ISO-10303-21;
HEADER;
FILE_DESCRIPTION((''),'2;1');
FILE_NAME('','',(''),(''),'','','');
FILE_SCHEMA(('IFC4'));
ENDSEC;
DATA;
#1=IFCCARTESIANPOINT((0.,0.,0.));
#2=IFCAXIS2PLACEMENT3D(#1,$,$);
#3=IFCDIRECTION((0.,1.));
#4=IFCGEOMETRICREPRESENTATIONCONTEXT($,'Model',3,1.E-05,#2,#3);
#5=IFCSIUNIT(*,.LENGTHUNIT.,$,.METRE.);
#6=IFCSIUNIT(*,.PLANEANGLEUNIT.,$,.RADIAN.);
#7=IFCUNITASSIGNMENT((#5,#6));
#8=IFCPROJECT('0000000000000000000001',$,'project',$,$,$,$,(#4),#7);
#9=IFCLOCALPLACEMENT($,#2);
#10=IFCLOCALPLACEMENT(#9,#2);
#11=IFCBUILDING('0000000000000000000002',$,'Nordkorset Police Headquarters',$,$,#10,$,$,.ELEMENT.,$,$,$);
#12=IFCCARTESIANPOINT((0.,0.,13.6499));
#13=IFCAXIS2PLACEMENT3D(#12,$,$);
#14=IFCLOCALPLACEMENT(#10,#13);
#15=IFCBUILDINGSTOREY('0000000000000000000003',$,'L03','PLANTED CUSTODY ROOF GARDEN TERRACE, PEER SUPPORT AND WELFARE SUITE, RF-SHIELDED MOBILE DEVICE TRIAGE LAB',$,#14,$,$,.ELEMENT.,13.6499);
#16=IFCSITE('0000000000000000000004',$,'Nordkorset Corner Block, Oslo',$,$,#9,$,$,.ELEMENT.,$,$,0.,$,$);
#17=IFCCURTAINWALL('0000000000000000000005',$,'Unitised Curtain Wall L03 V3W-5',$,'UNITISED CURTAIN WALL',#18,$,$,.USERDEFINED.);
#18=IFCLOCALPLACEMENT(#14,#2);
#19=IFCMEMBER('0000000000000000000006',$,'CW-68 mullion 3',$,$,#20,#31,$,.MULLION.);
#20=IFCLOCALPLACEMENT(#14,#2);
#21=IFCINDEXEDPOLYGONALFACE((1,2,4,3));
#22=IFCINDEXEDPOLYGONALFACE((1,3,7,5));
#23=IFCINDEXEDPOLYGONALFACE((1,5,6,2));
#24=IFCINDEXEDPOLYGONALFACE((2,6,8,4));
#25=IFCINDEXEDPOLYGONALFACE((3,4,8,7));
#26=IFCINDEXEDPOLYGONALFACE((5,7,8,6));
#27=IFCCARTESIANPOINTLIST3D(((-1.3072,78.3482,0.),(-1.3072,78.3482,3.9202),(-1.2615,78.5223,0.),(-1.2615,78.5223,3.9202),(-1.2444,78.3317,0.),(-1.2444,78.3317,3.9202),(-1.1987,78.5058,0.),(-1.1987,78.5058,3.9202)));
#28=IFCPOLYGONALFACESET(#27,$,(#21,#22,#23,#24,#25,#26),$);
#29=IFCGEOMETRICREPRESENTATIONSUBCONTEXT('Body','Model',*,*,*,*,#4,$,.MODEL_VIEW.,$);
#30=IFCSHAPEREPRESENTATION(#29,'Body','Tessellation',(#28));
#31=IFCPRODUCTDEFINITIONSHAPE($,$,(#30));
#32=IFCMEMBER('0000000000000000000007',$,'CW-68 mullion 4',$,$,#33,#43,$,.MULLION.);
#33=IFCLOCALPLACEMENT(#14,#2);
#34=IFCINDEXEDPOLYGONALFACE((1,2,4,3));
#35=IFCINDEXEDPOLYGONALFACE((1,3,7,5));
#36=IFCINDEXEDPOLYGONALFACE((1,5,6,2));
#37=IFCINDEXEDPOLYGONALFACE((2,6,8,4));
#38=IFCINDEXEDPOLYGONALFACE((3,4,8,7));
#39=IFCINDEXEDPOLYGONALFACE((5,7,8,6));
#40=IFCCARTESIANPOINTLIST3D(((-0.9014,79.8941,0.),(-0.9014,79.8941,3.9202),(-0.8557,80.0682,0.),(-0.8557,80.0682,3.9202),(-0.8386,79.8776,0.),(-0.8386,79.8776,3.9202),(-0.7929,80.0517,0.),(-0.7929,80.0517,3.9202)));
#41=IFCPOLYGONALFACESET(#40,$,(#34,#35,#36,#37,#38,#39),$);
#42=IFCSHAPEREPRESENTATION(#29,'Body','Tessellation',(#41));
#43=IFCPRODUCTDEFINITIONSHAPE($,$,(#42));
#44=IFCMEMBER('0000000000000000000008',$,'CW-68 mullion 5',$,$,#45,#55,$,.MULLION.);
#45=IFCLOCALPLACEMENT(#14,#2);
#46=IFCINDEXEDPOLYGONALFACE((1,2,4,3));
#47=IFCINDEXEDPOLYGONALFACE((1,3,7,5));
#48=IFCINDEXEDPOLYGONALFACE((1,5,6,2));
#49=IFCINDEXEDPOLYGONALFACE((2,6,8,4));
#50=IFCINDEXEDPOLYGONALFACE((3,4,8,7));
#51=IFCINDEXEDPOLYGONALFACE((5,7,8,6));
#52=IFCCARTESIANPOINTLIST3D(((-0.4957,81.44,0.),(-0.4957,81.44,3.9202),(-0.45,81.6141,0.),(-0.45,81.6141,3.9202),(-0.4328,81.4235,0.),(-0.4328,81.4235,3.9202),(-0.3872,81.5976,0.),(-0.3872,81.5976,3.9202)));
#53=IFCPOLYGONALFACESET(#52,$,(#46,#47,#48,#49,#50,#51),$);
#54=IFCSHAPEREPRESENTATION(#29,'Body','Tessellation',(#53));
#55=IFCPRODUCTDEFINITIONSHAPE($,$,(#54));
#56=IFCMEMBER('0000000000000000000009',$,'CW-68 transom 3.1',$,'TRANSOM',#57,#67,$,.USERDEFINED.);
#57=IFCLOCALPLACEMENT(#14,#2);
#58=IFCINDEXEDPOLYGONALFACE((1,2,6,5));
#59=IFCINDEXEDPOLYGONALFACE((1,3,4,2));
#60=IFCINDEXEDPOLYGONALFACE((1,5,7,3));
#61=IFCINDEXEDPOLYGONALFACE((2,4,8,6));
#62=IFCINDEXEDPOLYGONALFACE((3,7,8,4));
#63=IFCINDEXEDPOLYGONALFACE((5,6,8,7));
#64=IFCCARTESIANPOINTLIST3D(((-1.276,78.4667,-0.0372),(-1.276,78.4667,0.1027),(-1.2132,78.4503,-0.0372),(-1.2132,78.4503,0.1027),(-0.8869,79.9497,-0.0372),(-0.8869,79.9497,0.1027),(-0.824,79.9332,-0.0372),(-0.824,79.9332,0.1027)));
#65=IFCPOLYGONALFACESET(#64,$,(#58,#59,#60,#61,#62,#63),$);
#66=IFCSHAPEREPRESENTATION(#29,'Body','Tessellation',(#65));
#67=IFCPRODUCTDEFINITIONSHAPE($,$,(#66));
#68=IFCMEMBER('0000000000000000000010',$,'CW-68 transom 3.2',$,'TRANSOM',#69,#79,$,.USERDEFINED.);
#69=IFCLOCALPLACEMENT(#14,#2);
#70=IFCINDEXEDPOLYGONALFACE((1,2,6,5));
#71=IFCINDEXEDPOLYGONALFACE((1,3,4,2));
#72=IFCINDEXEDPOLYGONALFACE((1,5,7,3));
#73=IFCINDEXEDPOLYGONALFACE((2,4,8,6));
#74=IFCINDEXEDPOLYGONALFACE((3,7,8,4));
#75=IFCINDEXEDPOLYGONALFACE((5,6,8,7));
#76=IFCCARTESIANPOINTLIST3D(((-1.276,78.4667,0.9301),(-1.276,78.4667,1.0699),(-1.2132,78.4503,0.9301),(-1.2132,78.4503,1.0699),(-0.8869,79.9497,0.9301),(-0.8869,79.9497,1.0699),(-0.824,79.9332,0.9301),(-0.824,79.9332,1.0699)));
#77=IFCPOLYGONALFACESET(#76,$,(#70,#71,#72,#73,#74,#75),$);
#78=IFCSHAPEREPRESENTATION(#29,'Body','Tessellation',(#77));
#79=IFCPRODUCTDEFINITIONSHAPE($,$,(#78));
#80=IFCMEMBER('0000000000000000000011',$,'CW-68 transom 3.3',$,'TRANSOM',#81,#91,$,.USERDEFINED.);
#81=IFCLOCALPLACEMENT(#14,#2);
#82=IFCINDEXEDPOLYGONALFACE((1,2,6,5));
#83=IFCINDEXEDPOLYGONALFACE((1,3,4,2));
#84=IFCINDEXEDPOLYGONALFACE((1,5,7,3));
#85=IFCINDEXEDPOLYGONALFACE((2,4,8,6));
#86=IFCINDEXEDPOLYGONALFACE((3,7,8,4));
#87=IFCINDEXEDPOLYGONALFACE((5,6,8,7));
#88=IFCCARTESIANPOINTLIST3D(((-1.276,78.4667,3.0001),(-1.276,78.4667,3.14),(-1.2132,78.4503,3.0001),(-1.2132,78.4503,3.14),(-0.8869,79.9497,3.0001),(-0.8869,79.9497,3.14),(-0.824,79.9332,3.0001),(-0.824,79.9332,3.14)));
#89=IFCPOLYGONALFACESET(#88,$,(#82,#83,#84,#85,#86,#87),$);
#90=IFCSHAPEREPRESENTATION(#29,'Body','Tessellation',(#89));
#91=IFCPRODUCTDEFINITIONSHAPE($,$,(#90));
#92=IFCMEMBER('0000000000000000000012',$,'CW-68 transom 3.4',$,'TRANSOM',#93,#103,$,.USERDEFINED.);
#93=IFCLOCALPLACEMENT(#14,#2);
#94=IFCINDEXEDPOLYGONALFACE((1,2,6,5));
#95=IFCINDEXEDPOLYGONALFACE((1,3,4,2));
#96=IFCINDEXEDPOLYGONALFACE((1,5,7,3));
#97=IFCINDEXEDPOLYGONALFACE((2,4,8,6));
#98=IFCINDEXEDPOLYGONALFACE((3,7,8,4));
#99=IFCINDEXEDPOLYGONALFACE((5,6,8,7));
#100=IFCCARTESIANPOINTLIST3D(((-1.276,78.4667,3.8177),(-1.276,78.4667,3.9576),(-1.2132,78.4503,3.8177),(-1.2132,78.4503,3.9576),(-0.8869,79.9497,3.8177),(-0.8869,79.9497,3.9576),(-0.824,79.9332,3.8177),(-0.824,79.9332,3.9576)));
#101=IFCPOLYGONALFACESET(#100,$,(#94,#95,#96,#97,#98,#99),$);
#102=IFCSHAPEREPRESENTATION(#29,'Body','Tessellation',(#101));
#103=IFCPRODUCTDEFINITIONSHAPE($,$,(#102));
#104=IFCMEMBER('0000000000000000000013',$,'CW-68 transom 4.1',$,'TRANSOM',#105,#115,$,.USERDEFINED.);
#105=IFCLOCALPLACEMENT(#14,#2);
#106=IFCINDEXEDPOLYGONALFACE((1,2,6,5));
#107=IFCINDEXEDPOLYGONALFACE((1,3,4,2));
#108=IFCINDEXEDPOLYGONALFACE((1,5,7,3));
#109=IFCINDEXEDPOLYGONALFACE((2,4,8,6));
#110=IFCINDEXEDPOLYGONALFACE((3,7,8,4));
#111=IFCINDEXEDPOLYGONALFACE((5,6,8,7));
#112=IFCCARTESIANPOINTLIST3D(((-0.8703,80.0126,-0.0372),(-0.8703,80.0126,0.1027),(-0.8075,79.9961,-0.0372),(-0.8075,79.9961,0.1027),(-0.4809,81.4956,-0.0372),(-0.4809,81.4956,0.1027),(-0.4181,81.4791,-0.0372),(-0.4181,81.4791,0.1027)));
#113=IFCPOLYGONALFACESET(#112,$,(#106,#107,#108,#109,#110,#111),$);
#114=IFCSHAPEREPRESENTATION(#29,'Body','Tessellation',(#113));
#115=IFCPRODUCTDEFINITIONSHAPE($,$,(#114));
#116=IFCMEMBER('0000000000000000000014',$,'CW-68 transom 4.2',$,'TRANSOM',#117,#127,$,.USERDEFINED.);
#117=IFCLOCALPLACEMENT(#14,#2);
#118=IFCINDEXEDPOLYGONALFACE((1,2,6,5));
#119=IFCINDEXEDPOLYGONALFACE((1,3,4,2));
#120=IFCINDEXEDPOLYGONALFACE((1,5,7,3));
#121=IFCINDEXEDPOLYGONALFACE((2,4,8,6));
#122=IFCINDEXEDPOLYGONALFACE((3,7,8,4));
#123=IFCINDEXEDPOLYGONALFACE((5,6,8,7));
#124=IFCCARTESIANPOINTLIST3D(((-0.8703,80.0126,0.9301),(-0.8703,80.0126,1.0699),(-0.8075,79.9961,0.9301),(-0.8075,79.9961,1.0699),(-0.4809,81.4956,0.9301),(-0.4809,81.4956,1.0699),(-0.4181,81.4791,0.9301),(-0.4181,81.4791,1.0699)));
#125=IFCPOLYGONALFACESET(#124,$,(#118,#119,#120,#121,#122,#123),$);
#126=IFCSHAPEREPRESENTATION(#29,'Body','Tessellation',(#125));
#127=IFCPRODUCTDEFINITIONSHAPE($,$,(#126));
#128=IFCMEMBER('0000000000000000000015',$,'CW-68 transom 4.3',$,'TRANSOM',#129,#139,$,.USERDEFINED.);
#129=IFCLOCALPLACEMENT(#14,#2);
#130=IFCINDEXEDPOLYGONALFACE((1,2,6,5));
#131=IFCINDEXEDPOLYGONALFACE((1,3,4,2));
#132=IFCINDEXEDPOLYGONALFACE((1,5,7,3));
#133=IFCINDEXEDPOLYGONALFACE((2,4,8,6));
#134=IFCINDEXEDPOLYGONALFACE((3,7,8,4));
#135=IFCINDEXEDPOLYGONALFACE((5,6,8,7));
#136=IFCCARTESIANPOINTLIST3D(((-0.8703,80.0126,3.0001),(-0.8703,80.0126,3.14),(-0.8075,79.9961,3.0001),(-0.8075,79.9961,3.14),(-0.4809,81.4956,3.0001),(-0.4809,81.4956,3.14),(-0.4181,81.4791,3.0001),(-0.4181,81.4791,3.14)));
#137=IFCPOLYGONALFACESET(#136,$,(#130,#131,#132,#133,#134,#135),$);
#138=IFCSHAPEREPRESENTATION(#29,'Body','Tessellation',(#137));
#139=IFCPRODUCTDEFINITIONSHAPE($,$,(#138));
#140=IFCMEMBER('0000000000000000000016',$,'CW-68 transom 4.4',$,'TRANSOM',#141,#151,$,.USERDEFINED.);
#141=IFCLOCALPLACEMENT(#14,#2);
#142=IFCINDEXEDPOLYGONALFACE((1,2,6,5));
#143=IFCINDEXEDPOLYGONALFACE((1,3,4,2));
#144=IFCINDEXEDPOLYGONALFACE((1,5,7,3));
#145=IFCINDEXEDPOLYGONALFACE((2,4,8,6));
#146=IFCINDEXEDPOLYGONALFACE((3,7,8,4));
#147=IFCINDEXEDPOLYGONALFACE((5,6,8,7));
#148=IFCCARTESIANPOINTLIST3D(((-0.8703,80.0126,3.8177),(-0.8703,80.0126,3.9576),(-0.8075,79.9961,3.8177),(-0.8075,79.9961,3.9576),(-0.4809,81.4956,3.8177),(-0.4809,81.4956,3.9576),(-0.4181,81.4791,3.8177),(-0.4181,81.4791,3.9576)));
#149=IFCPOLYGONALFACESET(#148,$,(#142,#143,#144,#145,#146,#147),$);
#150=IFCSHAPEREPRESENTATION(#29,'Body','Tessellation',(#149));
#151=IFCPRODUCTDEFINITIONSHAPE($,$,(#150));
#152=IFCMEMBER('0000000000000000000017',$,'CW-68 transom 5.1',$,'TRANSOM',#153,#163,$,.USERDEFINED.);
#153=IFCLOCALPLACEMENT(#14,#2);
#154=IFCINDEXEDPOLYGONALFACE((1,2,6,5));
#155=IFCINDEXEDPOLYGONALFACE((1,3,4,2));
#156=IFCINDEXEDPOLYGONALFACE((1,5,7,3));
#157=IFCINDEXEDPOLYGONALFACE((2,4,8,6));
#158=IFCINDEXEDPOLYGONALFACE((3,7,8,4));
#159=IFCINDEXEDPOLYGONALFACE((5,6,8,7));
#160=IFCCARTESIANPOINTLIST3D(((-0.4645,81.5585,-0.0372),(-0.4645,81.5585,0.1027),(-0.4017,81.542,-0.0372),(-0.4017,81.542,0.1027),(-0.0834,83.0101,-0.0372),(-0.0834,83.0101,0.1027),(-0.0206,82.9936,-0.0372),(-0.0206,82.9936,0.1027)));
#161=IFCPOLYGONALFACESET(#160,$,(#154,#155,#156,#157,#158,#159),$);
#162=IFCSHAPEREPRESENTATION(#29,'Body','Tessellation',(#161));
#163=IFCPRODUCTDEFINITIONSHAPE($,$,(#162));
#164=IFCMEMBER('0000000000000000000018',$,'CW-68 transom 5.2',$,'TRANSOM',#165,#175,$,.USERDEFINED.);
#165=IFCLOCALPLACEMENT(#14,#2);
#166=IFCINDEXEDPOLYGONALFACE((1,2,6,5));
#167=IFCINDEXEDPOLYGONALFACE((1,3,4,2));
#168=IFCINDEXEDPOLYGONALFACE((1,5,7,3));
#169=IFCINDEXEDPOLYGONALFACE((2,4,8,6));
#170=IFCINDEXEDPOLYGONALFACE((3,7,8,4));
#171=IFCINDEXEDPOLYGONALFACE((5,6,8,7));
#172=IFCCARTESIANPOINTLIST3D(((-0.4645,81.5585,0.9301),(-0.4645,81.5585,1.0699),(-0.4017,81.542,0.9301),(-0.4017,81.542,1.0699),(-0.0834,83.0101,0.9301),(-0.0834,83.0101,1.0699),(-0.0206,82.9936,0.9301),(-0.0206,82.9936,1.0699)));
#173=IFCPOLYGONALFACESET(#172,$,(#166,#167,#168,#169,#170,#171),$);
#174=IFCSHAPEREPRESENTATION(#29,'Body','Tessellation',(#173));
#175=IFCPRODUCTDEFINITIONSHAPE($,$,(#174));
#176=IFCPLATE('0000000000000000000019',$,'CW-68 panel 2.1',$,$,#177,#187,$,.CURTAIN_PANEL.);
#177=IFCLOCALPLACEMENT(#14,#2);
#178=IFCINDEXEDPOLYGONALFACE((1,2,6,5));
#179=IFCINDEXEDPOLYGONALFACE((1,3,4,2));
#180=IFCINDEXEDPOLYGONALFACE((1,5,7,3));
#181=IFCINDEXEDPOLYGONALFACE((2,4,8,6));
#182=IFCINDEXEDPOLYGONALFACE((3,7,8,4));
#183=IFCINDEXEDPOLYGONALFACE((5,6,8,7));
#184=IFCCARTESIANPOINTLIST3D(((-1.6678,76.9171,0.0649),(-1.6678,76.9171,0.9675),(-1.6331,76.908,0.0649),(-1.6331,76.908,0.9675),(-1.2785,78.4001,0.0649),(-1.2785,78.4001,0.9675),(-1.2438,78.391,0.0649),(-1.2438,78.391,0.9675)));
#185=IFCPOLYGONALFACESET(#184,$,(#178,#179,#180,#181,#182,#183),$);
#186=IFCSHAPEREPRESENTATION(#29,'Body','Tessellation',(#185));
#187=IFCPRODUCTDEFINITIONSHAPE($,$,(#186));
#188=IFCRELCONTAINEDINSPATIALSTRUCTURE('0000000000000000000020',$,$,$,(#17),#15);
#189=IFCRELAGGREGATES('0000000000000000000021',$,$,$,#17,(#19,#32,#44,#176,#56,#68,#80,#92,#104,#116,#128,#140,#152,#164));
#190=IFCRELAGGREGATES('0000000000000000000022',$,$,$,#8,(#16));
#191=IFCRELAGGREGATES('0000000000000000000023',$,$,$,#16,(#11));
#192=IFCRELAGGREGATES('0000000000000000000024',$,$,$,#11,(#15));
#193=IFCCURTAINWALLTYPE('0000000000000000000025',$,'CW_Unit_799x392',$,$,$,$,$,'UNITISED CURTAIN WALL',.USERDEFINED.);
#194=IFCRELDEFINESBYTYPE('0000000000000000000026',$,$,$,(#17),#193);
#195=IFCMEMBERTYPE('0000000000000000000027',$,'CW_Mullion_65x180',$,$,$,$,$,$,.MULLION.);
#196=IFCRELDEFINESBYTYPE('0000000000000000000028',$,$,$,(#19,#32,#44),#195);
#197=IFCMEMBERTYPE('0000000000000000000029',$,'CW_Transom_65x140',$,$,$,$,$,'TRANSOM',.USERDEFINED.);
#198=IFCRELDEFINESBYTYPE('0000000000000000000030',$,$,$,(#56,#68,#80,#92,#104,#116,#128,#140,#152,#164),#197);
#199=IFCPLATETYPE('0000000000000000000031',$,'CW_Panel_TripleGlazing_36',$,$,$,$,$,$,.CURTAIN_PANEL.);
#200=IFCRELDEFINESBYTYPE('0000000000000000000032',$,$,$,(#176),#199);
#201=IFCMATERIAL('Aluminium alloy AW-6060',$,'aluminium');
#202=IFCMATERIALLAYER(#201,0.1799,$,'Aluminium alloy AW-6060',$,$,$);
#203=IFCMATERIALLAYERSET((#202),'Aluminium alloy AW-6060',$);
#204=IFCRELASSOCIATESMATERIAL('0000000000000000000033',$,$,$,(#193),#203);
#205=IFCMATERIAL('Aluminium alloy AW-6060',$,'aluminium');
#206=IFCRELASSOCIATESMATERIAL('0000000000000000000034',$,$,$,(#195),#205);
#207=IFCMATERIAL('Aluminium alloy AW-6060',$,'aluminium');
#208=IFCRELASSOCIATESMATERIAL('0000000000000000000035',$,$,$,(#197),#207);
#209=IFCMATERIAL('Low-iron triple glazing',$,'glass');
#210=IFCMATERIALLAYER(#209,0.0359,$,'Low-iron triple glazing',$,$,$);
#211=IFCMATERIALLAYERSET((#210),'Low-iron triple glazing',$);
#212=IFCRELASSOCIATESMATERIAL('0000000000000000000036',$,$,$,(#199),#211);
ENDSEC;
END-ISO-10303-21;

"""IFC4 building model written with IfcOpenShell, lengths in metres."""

from ifc_helpers import new_model, si_unit, direction, frame, origin, origin_2d, place, context, subcontext, project, spatial, rectangle, extrude, material, layer, layer_set, material_profile, profile_set, type_object, element, aggregate, save


model = new_model("IFC4")

# Units and contexts
model_context = context("Model", 3, precision=1e-05, world=origin(), true_north=direction((0.0, 1.0)))
body_context = subcontext(model_context, "Body", "Model", "MODEL_VIEW")
ifc_project = project(units=[si_unit("LENGTHUNIT", "METRE"), si_unit("PLANEANGLEUNIT", "RADIAN")], contexts=[model_context])

# Site, building, storey
site_placement = place(None, origin())
site = spatial("IfcSite", under=ifc_project, at=site_placement, Name="Nordkorset Corner Block, Oslo", CompositionType="ELEMENT", RefElevation=0.0)
building_placement = place(site_placement, origin())
building = spatial("IfcBuilding", under=site, at=building_placement, Name="Nordkorset Police Headquarters", CompositionType="ELEMENT")
storey_placement = place(building_placement, frame((0.0, 0.0, 13.6499)))
storey = spatial("IfcBuildingStorey", under=building, at=storey_placement, Name="L03", Description="PLANTED CUSTODY ROOF GARDEN TERRACE, PEER SUPPORT AND WELFARE SUITE, RF-SHIELDED MOBILE DEVICE TRIAGE LAB", CompositionType="ELEMENT", Elevation=13.6499)

# Curtain wall, members, plate
ifc_material_1 = material(Name="Aluminium alloy AW-6060", Category="aluminium")
ifc_layer_1 = layer(ifc_material_1, 0.1799, Name="Aluminium alloy AW-6060")
ifc_layer_set_1 = layer_set([ifc_layer_1], Name="Aluminium alloy AW-6060")
curtain_wall_type = type_object("IfcCurtainWallType", Name="CW_Unit_799x392", ElementType="UNITISED CURTAIN WALL", PredefinedType="USERDEFINED", material=ifc_layer_set_1)
curtain_wall_placement = place(storey_placement, origin())
curtain_wall = element("IfcCurtainWall", 1, at=curtain_wall_placement, inside=storey, type_object=curtain_wall_type, Name="Unitised Curtain Wall L03 V3W-5", ObjectType="UNITISED CURTAIN WALL", PredefinedType="USERDEFINED")
ifc_material_2 = material(Name="Aluminium alloy AW-6060", Category="aluminium")
ifc_material_profile_1 = material_profile(ifc_material_2, rectangle(XDim=0.0649, YDim=0.1799, at=origin_2d()), Name="ALU MULL 65x180")
ifc_profile_set_1 = profile_set([ifc_material_profile_1], Name="Aluminium alloy AW-6060")
member_type_1 = type_object("IfcMemberType", Name="CW_Mullion_65x180", PredefinedType="MULLION", material=ifc_profile_set_1)
member_1_placement = place(storey_placement, frame((-1.2529, 78.427, 0.0), z_axis=(0.0, 0.0, 1.0), x_axis=(-0.967231, 0.253897, 0.0)))
member_1 = element("IfcMember", 2, at=member_1_placement, type_object=member_type_1, Name="CW-68 mullion 3", PredefinedType="MULLION", context=body_context, shape_type="SweptSolid", body=[
    extrude(rectangle(XDim=0.0649, YDim=0.1799, at=origin_2d()), origin(), (0.0, 0.0, 1.0), 3.9202),
])
member_2_placement = place(storey_placement, frame((-0.8472, 79.9729, 0.0), z_axis=(0.0, 0.0, 1.0), x_axis=(-0.967231, 0.253897, 0.0)))
member_2 = element("IfcMember", 3, at=member_2_placement, type_object=member_type_1, Name="CW-68 mullion 4", PredefinedType="MULLION", context=body_context, shape_type="SweptSolid", body=[
    extrude(rectangle(XDim=0.0649, YDim=0.1799, at=origin_2d()), origin(), (0.0, 0.0, 1.0), 3.9202),
])
member_3_placement = place(storey_placement, frame((-0.4414, 81.5188, 0.0), z_axis=(0.0, 0.0, 1.0), x_axis=(-0.967231, 0.253897, 0.0)))
member_3 = element("IfcMember", 4, at=member_3_placement, type_object=member_type_1, Name="CW-68 mullion 5", PredefinedType="MULLION", context=body_context, shape_type="SweptSolid", body=[
    extrude(rectangle(XDim=0.0649, YDim=0.1799, at=origin_2d()), origin(), (0.0, 0.0, 1.0), 3.9202),
])
ifc_material_3 = material(Name="Aluminium alloy AW-6060", Category="aluminium")
ifc_material_profile_2 = material_profile(ifc_material_3, rectangle(XDim=0.0649, YDim=0.1399, at=origin_2d()), Name="ALU TRAN 65x140")
ifc_profile_set_2 = profile_set([ifc_material_profile_2], Name="Aluminium alloy AW-6060")
member_type_2 = type_object("IfcMemberType", Name="CW_Transom_65x140", ElementType="TRANSOM", PredefinedType="USERDEFINED", material=ifc_profile_set_2)
member_4_placement = place(storey_placement, frame((-1.2446, 78.4585, 0.0327), z_axis=(0.253835, 0.967248, 0.0), x_axis=(-0.967248, 0.253835, 0.0)))
member_4 = element("IfcMember", 5, at=member_4_placement, type_object=member_type_2, Name="CW-68 transom 3.1", ObjectType="TRANSOM", PredefinedType="USERDEFINED", context=body_context, shape_type="SweptSolid", body=[
    extrude(rectangle(XDim=0.0649, YDim=0.1399, at=origin_2d()), origin(), (0.0, 0.0, 1.0), 1.5332),
])
member_5_placement = place(storey_placement, frame((-1.2446, 78.4585, 1.0), z_axis=(0.253835, 0.967248, 0.0), x_axis=(-0.967248, 0.253835, 0.0)))
member_5 = element("IfcMember", 6, at=member_5_placement, type_object=member_type_2, Name="CW-68 transom 3.2", ObjectType="TRANSOM", PredefinedType="USERDEFINED", context=body_context, shape_type="SweptSolid", body=[
    extrude(rectangle(XDim=0.0649, YDim=0.1399, at=origin_2d()), origin(), (0.0, 0.0, 1.0), 1.5332),
])
member_6_placement = place(storey_placement, frame((-1.2446, 78.4585, 3.0701), z_axis=(0.253835, 0.967248, 0.0), x_axis=(-0.967248, 0.253835, 0.0)))
member_6 = element("IfcMember", 7, at=member_6_placement, type_object=member_type_2, Name="CW-68 transom 3.3", ObjectType="TRANSOM", PredefinedType="USERDEFINED", context=body_context, shape_type="SweptSolid", body=[
    extrude(rectangle(XDim=0.0649, YDim=0.1399, at=origin_2d()), origin(), (0.0, 0.0, 1.0), 1.5332),
])
member_7_placement = place(storey_placement, frame((-1.2446, 78.4585, 3.8877), z_axis=(0.253835, 0.967248, 0.0), x_axis=(-0.967248, 0.253835, 0.0)))
member_7 = element("IfcMember", 8, at=member_7_placement, type_object=member_type_2, Name="CW-68 transom 3.4", ObjectType="TRANSOM", PredefinedType="USERDEFINED", context=body_context, shape_type="SweptSolid", body=[
    extrude(rectangle(XDim=0.0649, YDim=0.1399, at=origin_2d()), origin(), (0.0, 0.0, 1.0), 1.5332),
])
member_8_placement = place(storey_placement, frame((-0.8389, 80.0044, 0.0327), z_axis=(0.253984, 0.967208, 0.0), x_axis=(-0.967208, 0.253984, 0.0)))
member_8 = element("IfcMember", 9, at=member_8_placement, type_object=member_type_2, Name="CW-68 transom 4.1", ObjectType="TRANSOM", PredefinedType="USERDEFINED", context=body_context, shape_type="SweptSolid", body=[
    extrude(rectangle(XDim=0.0649, YDim=0.1399, at=origin_2d()), origin(), (0.0, 0.0, 1.0), 1.5332),
])
member_9_placement = place(storey_placement, frame((-0.8389, 80.0044, 1.0), z_axis=(0.253984, 0.967208, 0.0), x_axis=(-0.967208, 0.253984, 0.0)))
member_9 = element("IfcMember", 10, at=member_9_placement, type_object=member_type_2, Name="CW-68 transom 4.2", ObjectType="TRANSOM", PredefinedType="USERDEFINED", context=body_context, shape_type="SweptSolid", body=[
    extrude(rectangle(XDim=0.0649, YDim=0.1399, at=origin_2d()), origin(), (0.0, 0.0, 1.0), 1.5332),
])
member_10_placement = place(storey_placement, frame((-0.8389, 80.0044, 3.0701), z_axis=(0.253984, 0.967208, 0.0), x_axis=(-0.967208, 0.253984, 0.0)))
member_10 = element("IfcMember", 11, at=member_10_placement, type_object=member_type_2, Name="CW-68 transom 4.3", ObjectType="TRANSOM", PredefinedType="USERDEFINED", context=body_context, shape_type="SweptSolid", body=[
    extrude(rectangle(XDim=0.0649, YDim=0.1399, at=origin_2d()), origin(), (0.0, 0.0, 1.0), 1.5332),
])
member_11_placement = place(storey_placement, frame((-0.8389, 80.0044, 3.8877), z_axis=(0.253984, 0.967208, 0.0), x_axis=(-0.967208, 0.253984, 0.0)))
member_11 = element("IfcMember", 12, at=member_11_placement, type_object=member_type_2, Name="CW-68 transom 4.4", ObjectType="TRANSOM", PredefinedType="USERDEFINED", context=body_context, shape_type="SweptSolid", body=[
    extrude(rectangle(XDim=0.0649, YDim=0.1399, at=origin_2d()), origin(), (0.0, 0.0, 1.0), 1.5332),
])
member_12_placement = place(storey_placement, frame((-0.4331, 81.5503, 0.0327), z_axis=(0.253965, 0.967213, 0.0), x_axis=(-0.967213, 0.253965, 0.0)))
member_12 = element("IfcMember", 13, at=member_12_placement, type_object=member_type_2, Name="CW-68 transom 5.1", ObjectType="TRANSOM", PredefinedType="USERDEFINED", context=body_context, shape_type="SweptSolid", body=[
    extrude(rectangle(XDim=0.0649, YDim=0.1399, at=origin_2d()), origin(), (0.0, 0.0, 1.0), 1.5007),
])
member_13_placement = place(storey_placement, frame((-0.4331, 81.5503, 1.0), z_axis=(0.253965, 0.967213, 0.0), x_axis=(-0.967213, 0.253965, 0.0)))
member_13 = element("IfcMember", 14, at=member_13_placement, type_object=member_type_2, Name="CW-68 transom 5.2", ObjectType="TRANSOM", PredefinedType="USERDEFINED", context=body_context, shape_type="SweptSolid", body=[
    extrude(rectangle(XDim=0.0649, YDim=0.1399, at=origin_2d()), origin(), (0.0, 0.0, 1.0), 1.5007),
])
ifc_material_4 = material(Name="Low-iron triple glazing", Category="glass")
ifc_layer_2 = layer(ifc_material_4, 0.0359, Name="Low-iron triple glazing")
ifc_layer_set_2 = layer_set([ifc_layer_2], Name="Low-iron triple glazing")
plate_type = type_object("IfcPlateType", Name="CW_Panel_TripleGlazing_36", PredefinedType="CURTAIN_PANEL", material=ifc_layer_set_2)
plate_1_placement = place(storey_placement, frame((-1.4558, 77.6541, 0.0649), z_axis=(0.0, 0.0, 1.0), x_axis=(0.253897, 0.967231, 0.0)))
plate_1 = element("IfcPlate", 15, at=plate_1_placement, type_object=plate_type, Name="CW-68 panel 2.1", PredefinedType="CURTAIN_PANEL", context=body_context, shape_type="SweptSolid", body=[
    extrude(rectangle(XDim=1.5332, YDim=0.0359, at=origin_2d()), origin(), (0.0, 0.0, 1.0), 0.9026),
])
aggregate(curtain_wall, [member_1, member_2, member_3, plate_1, member_4, member_5, member_6, member_7, member_8, member_9, member_10, member_11, member_12, member_13])

save(model, "model.ifc")
